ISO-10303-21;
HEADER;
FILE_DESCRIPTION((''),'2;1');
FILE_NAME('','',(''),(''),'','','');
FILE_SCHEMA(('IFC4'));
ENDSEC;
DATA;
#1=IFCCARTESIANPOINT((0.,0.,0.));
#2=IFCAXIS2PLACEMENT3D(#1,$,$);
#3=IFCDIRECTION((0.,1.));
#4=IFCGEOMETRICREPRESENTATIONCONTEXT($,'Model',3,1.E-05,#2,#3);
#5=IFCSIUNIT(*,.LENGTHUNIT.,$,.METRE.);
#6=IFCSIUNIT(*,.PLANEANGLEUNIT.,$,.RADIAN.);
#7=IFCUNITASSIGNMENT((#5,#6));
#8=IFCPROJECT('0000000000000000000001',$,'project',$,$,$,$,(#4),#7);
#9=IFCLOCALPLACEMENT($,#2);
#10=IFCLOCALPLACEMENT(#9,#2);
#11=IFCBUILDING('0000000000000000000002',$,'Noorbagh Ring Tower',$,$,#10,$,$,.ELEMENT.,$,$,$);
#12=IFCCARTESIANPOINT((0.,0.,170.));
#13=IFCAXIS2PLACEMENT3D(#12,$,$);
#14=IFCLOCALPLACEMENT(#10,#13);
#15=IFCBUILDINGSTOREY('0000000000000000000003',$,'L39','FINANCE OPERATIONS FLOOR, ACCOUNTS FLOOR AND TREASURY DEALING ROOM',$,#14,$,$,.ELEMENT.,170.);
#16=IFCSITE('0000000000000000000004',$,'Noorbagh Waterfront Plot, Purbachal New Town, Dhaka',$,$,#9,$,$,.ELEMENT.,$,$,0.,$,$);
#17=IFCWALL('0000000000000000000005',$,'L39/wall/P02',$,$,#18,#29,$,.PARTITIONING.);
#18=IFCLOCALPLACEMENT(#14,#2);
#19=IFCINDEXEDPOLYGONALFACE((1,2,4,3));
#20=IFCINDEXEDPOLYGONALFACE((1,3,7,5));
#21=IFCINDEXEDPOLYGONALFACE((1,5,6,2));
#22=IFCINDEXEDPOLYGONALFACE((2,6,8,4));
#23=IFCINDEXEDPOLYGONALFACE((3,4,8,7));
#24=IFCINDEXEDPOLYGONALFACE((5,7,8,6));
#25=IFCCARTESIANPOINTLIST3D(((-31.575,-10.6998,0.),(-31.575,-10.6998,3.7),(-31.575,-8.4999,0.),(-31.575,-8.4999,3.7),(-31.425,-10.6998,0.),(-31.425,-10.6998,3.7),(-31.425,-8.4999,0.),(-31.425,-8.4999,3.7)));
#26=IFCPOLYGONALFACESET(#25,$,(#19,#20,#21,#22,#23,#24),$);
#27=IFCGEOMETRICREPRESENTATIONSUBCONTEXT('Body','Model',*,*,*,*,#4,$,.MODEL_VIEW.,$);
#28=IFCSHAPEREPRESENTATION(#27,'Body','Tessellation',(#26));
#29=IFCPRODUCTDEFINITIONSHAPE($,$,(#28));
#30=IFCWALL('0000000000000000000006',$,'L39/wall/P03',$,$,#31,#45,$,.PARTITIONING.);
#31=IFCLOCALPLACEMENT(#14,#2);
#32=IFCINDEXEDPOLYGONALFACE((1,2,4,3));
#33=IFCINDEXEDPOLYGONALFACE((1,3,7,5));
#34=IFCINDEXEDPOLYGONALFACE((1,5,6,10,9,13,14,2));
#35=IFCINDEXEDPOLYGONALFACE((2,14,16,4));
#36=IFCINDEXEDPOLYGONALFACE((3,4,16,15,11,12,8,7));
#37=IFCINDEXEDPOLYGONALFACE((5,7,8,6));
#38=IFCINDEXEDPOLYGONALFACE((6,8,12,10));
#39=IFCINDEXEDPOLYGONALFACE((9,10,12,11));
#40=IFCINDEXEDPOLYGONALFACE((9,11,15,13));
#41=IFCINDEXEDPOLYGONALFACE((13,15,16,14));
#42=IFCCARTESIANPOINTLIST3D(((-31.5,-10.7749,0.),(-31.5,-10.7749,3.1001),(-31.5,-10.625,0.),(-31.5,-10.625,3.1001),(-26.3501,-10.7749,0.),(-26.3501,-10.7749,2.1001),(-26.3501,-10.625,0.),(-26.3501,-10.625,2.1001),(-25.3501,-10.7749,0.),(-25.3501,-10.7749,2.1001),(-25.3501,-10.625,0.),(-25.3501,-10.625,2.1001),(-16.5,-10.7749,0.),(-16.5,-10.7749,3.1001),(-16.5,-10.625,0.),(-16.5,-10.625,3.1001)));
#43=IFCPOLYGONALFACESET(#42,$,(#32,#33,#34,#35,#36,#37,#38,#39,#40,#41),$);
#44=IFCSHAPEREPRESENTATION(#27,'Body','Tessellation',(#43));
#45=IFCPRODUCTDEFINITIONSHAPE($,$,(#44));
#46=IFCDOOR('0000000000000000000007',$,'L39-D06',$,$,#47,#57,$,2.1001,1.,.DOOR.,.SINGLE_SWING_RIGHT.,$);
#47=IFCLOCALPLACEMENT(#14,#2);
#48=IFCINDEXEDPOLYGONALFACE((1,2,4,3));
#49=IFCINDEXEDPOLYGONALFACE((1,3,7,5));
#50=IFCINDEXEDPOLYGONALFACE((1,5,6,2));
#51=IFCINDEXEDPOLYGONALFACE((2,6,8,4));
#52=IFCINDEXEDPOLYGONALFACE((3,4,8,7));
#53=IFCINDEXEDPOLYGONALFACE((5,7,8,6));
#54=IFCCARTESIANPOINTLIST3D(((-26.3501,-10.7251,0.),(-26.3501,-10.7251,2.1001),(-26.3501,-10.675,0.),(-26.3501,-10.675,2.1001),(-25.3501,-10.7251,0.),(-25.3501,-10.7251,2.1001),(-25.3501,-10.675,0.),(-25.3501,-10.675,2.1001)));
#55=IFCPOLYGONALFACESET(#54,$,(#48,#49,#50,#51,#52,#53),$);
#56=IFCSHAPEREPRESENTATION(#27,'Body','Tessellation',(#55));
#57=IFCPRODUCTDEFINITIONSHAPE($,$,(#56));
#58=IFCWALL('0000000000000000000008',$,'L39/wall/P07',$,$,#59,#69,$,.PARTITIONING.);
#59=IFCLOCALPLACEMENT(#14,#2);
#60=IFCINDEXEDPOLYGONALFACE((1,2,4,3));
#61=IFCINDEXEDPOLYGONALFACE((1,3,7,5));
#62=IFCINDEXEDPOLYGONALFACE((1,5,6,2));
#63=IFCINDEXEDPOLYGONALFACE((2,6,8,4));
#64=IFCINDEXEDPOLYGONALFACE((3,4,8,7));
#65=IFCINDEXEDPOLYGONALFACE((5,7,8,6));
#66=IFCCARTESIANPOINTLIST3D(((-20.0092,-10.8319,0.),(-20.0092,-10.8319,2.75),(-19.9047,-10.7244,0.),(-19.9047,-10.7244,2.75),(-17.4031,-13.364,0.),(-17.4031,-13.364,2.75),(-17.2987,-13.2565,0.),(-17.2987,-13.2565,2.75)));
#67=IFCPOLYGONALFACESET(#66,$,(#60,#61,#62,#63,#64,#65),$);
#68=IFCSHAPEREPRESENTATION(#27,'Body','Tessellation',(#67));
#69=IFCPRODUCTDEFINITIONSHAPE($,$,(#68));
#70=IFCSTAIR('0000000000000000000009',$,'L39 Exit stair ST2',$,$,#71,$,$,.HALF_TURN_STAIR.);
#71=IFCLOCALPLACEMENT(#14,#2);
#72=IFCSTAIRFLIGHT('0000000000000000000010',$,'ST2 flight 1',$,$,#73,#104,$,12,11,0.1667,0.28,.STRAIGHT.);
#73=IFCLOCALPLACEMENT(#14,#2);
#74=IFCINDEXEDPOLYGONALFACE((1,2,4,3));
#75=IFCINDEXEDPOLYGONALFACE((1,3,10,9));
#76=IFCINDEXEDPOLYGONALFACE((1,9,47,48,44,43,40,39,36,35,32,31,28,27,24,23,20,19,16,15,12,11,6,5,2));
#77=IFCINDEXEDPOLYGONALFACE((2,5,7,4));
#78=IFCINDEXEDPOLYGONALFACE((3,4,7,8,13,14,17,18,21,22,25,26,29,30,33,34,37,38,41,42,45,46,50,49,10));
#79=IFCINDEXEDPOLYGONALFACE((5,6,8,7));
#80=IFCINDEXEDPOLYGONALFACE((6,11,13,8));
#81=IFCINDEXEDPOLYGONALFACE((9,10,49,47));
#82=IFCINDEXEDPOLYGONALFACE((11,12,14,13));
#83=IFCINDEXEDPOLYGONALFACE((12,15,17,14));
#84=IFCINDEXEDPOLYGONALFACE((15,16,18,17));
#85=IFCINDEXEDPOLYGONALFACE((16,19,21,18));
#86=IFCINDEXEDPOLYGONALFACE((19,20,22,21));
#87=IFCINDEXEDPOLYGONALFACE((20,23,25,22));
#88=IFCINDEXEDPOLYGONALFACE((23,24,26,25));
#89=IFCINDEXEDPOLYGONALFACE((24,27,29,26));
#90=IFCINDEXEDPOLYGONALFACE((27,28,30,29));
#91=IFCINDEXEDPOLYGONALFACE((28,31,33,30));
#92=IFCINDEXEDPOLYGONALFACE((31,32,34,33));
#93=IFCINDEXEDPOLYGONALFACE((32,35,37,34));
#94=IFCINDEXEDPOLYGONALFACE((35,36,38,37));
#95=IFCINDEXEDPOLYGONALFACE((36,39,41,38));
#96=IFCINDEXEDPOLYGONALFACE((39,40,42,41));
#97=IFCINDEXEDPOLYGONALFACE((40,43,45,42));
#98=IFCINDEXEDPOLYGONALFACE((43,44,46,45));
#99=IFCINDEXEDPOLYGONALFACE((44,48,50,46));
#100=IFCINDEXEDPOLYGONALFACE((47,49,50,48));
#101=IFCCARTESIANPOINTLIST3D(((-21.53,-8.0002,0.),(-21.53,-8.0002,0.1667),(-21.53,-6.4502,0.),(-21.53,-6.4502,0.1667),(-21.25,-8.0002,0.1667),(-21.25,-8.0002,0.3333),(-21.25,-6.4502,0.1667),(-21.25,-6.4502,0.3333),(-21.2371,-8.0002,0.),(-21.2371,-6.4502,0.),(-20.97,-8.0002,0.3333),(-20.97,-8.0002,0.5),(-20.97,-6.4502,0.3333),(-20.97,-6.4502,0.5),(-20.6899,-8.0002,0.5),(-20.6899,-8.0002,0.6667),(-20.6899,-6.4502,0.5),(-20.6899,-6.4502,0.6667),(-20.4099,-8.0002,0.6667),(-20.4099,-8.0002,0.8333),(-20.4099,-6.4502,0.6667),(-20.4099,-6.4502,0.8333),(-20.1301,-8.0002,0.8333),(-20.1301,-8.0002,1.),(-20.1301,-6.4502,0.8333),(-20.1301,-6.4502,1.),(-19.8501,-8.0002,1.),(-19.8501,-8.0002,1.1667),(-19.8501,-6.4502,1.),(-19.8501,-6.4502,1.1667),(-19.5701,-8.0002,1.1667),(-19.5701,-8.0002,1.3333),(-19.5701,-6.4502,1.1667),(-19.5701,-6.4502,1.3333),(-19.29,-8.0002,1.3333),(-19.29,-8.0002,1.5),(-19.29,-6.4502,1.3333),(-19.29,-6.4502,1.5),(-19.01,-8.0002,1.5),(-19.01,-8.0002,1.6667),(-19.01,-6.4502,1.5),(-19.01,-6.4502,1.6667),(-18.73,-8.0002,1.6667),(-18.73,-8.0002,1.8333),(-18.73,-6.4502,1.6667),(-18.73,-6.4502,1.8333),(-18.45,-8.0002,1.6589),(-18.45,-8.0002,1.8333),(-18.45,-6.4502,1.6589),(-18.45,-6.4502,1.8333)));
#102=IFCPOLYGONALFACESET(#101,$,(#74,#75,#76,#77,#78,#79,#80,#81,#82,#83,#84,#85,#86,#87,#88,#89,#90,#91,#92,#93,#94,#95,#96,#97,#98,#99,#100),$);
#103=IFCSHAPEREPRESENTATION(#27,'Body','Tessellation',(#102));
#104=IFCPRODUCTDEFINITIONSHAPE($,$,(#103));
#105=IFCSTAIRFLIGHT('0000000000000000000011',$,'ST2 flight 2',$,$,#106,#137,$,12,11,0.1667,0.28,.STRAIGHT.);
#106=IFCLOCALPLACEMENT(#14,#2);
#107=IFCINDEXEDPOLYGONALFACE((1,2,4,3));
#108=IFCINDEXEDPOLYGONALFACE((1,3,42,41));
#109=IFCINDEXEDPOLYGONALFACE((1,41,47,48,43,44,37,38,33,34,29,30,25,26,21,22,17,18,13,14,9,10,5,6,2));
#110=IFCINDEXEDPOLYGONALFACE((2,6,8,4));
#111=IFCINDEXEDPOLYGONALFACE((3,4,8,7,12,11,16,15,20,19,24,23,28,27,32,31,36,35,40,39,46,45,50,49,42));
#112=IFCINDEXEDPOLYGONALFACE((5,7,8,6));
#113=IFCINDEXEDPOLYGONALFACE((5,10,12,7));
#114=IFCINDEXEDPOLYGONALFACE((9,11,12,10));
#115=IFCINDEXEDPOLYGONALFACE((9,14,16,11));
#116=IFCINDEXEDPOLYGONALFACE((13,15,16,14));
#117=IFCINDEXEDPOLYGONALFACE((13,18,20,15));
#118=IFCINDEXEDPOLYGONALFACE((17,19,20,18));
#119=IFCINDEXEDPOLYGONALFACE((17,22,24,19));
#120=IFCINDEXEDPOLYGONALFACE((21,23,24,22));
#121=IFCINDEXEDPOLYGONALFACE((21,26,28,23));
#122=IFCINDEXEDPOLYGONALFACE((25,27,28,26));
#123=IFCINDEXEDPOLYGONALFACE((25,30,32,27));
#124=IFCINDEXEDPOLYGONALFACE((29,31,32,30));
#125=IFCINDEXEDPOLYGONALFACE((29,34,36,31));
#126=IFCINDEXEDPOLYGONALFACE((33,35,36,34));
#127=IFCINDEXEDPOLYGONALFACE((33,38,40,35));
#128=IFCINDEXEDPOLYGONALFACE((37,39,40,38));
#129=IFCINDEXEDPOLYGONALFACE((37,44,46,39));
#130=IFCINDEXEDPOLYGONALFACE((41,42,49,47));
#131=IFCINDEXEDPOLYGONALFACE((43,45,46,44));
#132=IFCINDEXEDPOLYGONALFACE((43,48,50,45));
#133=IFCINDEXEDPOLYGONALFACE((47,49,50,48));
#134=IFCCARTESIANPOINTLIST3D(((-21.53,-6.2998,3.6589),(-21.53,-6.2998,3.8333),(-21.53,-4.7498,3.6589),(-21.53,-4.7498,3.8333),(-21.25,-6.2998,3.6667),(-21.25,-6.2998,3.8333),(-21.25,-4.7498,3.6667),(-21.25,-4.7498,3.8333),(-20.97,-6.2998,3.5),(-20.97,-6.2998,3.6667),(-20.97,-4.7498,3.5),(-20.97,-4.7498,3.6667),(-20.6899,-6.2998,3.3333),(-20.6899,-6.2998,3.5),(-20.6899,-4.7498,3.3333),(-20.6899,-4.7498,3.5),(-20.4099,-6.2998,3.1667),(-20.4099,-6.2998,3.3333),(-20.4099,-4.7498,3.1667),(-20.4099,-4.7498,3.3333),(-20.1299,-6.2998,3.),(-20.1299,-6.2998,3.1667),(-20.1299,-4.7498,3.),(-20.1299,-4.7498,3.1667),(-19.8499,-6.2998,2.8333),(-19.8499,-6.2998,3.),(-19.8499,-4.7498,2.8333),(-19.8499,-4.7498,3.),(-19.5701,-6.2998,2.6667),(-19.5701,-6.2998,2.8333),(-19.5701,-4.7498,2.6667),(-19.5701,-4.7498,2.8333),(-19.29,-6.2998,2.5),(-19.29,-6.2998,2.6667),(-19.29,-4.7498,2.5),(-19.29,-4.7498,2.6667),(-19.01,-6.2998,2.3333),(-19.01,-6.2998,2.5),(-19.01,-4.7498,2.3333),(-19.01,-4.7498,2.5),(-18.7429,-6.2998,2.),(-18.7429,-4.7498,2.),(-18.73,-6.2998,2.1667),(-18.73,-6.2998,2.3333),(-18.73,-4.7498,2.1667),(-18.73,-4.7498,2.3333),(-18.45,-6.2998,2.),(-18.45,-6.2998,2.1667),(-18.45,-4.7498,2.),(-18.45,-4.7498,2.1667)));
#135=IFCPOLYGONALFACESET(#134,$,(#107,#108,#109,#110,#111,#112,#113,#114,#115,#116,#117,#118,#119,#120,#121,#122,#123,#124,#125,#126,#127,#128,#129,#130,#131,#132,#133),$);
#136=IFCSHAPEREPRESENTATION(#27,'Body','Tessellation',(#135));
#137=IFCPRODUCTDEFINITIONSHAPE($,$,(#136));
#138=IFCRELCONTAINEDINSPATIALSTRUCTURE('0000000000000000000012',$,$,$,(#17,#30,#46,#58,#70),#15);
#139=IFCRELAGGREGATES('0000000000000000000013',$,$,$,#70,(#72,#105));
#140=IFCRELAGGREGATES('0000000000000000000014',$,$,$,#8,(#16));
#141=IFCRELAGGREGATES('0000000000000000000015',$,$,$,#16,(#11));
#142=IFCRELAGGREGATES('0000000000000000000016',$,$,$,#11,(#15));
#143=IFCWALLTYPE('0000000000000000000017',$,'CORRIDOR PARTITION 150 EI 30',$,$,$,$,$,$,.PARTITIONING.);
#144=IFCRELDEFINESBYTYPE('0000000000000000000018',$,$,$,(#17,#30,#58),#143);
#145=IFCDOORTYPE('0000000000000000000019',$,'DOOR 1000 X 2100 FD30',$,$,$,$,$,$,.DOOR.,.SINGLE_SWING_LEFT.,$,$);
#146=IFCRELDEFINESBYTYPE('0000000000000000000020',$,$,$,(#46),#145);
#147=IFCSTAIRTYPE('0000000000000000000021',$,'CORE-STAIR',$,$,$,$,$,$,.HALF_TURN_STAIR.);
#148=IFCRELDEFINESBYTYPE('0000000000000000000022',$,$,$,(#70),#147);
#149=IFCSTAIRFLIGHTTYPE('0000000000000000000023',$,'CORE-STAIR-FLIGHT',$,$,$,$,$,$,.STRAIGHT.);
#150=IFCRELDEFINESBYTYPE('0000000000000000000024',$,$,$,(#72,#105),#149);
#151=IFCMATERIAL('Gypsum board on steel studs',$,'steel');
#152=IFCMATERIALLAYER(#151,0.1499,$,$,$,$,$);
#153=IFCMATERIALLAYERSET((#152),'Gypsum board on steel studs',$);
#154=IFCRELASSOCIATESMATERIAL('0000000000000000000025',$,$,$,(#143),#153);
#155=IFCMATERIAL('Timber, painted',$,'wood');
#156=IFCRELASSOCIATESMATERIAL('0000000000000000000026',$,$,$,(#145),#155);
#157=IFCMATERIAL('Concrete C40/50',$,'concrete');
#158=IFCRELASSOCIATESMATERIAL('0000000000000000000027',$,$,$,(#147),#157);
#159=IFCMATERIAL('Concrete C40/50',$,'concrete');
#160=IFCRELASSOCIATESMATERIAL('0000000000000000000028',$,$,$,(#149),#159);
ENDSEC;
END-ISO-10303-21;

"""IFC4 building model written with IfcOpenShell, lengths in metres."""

from ifc_helpers import new_model, si_unit, direction, frame, frame_2d, origin, place, context, subcontext, project, spatial, polyline, rectangle, outline, extrude, material, layer, layer_set, type_object, element, fill, aggregate, save


model = new_model("IFC4")

# Units and contexts
model_context = context("Model", 3, precision=1e-05, world=origin(), true_north=direction((0.0, 1.0)))
body_context = subcontext(model_context, "Body", "Model", "MODEL_VIEW")
ifc_project = project(units=[si_unit("LENGTHUNIT", "METRE"), si_unit("PLANEANGLEUNIT", "RADIAN")], contexts=[model_context])

# Site, building, storey
site_placement = place(None, origin())
site = spatial("IfcSite", under=ifc_project, at=site_placement, Name="Noorbagh Waterfront Plot, Purbachal New Town, Dhaka", CompositionType="ELEMENT", RefElevation=0.0)
building_placement = place(site_placement, origin())
building = spatial("IfcBuilding", under=site, at=building_placement, Name="Noorbagh Ring Tower", CompositionType="ELEMENT")
storey_placement = place(building_placement, frame((0.0, 0.0, 170.0)))
storey = spatial("IfcBuildingStorey", under=building, at=storey_placement, Name="L39", Description="FINANCE OPERATIONS FLOOR, ACCOUNTS FLOOR AND TREASURY DEALING ROOM", CompositionType="ELEMENT", Elevation=170.0)

# Wall
ifc_material_1 = material(Name="Gypsum board on steel studs", Category="steel")
ifc_layer_1 = layer(ifc_material_1, 0.1499)
ifc_layer_set_1 = layer_set([ifc_layer_1], Name="Gypsum board on steel studs")
wall_type_1 = type_object("IfcWallType", Name="CORRIDOR PARTITION 150 EI 30", PredefinedType="PARTITIONING", material=ifc_layer_set_1)
wall_1_placement = place(storey_placement, frame((-31.5, -10.7, 0.0), z_axis=(0.0, 0.0, 1.0), x_axis=(0.0, 1.0, 0.0)))
element("IfcWall", 1, at=wall_1_placement, inside=storey, type_object=wall_type_1, Name="L39/wall/P02", PredefinedType="PARTITIONING", context=body_context, shape_type="SweptSolid", body=[
    extrude(rectangle(XDim=2.2, YDim=0.1499, at=frame_2d((1.1001, 0.0))), origin(), (0.0, 0.0, 1.0), 3.7),
])

# Wall, opening, door
wall_2_placement = place(storey_placement, frame((-31.5, -10.7, 0.0), z_axis=(0.0, 0.0, 1.0), x_axis=(1.0, 0.0, 0.0)))
wall_2 = element("IfcWall", 2, at=wall_2_placement, inside=storey, type_object=wall_type_1, Name="L39/wall/P03", PredefinedType="PARTITIONING", context=body_context, shape_type="SweptSolid", body=[
    extrude(rectangle(XDim=15.0, YDim=0.1499, at=frame_2d((7.5, 0.0))), origin(), (0.0, 0.0, 1.0), 3.1001),
])
opening_1_placement = place(wall_2_placement, frame((5.1499, 0.0, 0.0)))
opening_1 = element("IfcOpeningElement", 3, at=opening_1_placement, cuts=wall_2, PredefinedType="OPENING", context=body_context, shape_type="SweptSolid", body=[
    extrude(rectangle(XDim=1.0, YDim=2.1001, at=frame_2d((0.5, 1.05))), frame((0.0, 0.085, 0.0), z_axis=(0.0, -1.0, 0.0), x_axis=(1.0, 0.0, 0.0)), (0.0, 0.0, 1.0), 0.1699),
])
ifc_material_2 = material(Name="Timber, painted", Category="wood")
door_type_1 = type_object("IfcDoorType", Name="DOOR 1000 X 2100 FD30", OperationType="SINGLE_SWING_LEFT", PredefinedType="DOOR", material=ifc_material_2)
door_1_placement = place(opening_1_placement, origin())
door_1 = element("IfcDoor", 4, at=door_1_placement, inside=storey, type_object=door_type_1, Name="L39-D06", OperationType="SINGLE_SWING_RIGHT", OverallHeight=2.1001, OverallWidth=1.0, PredefinedType="DOOR", context=body_context, shape_type="SweptSolid", body=[
    extrude(rectangle(XDim=1.0, YDim=2.1001, at=frame_2d((0.5, 1.05))), frame((0.0, 0.0249, 0.0), z_axis=(0.0, -1.0, 0.0), x_axis=(1.0, 0.0, 0.0)), (0.0, 0.0, 1.0), 0.05),
])
fill(opening_1, door_1)

# Wall
wall_3_placement = place(storey_placement, frame((-19.957, -10.7781, 0.0), z_axis=(0.0, 0.0, 1.0), x_axis=(0.717213, -0.696854, 0.0)))
element("IfcWall", 5, at=wall_3_placement, inside=storey, type_object=wall_type_1, Name="L39/wall/P07", PredefinedType="PARTITIONING", context=body_context, shape_type="SweptSolid", body=[
    extrude(rectangle(XDim=3.6335, YDim=0.1499, at=frame_2d((1.8169, 0.0))), origin(), (0.0, 0.0, 1.0), 2.75),
])

# Stair, stair flights
ifc_material_3 = material(Name="Concrete C40/50", Category="concrete")
stair_type = type_object("IfcStairType", Name="CORE-STAIR", PredefinedType="HALF_TURN_STAIR", material=ifc_material_3)
stair_placement = place(storey_placement, origin())
stair = element("IfcStair", 6, at=stair_placement, inside=storey, type_object=stair_type, Name="L39 Exit stair ST2", PredefinedType="HALF_TURN_STAIR")
ifc_material_4 = material(Name="Concrete C40/50", Category="concrete")
stair_flight_type = type_object("IfcStairFlightType", Name="CORE-STAIR-FLIGHT", PredefinedType="STRAIGHT", material=ifc_material_4)
stair_flight_1_placement = place(storey_placement, frame((-21.53, -7.2251, 0.0), z_axis=(0.0, 0.0, 1.0), x_axis=(1.0, 0.0, 0.0)))
stair_flight_1 = element("IfcStairFlight", 7, at=stair_flight_1_placement, type_object=stair_flight_type, Name="ST2 flight 1", NumberOfRisers=12, NumberOfTreads=11, PredefinedType="STRAIGHT", RiserHeight=0.1667, TreadLength=0.28, context=body_context, shape_type="SweptSolid", body=[
    extrude(outline(polyline([(0.0, 0.0), (0.0, 0.1667), (0.28, 0.1667), (0.28, 0.3333), (0.5601, 0.3333), (0.5601, 0.5), (0.8401, 0.5), (0.8401, 0.6667), (1.1201, 0.6667), (1.1201, 0.8333), (1.3999, 0.8333), (1.3999, 1.0), (1.6799, 1.0), (1.6799, 1.1667), (1.96, 1.1667), (1.96, 1.3333), (2.24, 1.3333), (2.24, 1.5), (2.52, 1.5), (2.52, 1.6667), (2.8, 1.6667), (2.8, 1.8333), (3.0801, 1.8333), (3.0801, 2.0), (3.0801, 1.6589), (0.293, 0.0), (0.0, 0.0)])), frame((0.0, 0.7749, 0.0), z_axis=(0.0, -1.0, 0.0), x_axis=(1.0, 0.0, 0.0)), (0.0, 0.0, 1.0), 1.55),
])
stair_flight_2_placement = place(storey_placement, frame((-18.45, -5.5249, 2.0), z_axis=(0.0, 0.0, 1.0), x_axis=(-1.0, 0.0, 0.0)))
stair_flight_2 = element("IfcStairFlight", 8, at=stair_flight_2_placement, type_object=stair_flight_type, Name="ST2 flight 2", NumberOfRisers=12, NumberOfTreads=11, PredefinedType="STRAIGHT", RiserHeight=0.1667, TreadLength=0.28, context=body_context, shape_type="SweptSolid", body=[
    extrude(outline(polyline([(0.0, 0.0), (0.0, 0.1667), (0.28, 0.1667), (0.28, 0.3333), (0.5601, 0.3333), (0.5601, 0.5), (0.8401, 0.5), (0.8401, 0.6667), (1.1201, 0.6667), (1.1201, 0.8333), (1.3999, 0.8333), (1.3999, 1.0), (1.6799, 1.0), (1.6799, 1.1667), (1.96, 1.1667), (1.96, 1.3333), (2.24, 1.3333), (2.24, 1.5), (2.52, 1.5), (2.52, 1.6667), (2.8, 1.6667), (2.8, 1.8333), (3.0801, 1.8333), (3.0801, 2.0), (3.0801, 1.6589), (0.293, 0.0), (0.0, 0.0)])), frame((0.0, 0.7749, 0.0), z_axis=(0.0, -1.0, 0.0), x_axis=(1.0, 0.0, 0.0)), (0.0, 0.0, 1.0), 1.55),
])
aggregate(stair, [stair_flight_1, stair_flight_2])

save(model, "model.ifc")
